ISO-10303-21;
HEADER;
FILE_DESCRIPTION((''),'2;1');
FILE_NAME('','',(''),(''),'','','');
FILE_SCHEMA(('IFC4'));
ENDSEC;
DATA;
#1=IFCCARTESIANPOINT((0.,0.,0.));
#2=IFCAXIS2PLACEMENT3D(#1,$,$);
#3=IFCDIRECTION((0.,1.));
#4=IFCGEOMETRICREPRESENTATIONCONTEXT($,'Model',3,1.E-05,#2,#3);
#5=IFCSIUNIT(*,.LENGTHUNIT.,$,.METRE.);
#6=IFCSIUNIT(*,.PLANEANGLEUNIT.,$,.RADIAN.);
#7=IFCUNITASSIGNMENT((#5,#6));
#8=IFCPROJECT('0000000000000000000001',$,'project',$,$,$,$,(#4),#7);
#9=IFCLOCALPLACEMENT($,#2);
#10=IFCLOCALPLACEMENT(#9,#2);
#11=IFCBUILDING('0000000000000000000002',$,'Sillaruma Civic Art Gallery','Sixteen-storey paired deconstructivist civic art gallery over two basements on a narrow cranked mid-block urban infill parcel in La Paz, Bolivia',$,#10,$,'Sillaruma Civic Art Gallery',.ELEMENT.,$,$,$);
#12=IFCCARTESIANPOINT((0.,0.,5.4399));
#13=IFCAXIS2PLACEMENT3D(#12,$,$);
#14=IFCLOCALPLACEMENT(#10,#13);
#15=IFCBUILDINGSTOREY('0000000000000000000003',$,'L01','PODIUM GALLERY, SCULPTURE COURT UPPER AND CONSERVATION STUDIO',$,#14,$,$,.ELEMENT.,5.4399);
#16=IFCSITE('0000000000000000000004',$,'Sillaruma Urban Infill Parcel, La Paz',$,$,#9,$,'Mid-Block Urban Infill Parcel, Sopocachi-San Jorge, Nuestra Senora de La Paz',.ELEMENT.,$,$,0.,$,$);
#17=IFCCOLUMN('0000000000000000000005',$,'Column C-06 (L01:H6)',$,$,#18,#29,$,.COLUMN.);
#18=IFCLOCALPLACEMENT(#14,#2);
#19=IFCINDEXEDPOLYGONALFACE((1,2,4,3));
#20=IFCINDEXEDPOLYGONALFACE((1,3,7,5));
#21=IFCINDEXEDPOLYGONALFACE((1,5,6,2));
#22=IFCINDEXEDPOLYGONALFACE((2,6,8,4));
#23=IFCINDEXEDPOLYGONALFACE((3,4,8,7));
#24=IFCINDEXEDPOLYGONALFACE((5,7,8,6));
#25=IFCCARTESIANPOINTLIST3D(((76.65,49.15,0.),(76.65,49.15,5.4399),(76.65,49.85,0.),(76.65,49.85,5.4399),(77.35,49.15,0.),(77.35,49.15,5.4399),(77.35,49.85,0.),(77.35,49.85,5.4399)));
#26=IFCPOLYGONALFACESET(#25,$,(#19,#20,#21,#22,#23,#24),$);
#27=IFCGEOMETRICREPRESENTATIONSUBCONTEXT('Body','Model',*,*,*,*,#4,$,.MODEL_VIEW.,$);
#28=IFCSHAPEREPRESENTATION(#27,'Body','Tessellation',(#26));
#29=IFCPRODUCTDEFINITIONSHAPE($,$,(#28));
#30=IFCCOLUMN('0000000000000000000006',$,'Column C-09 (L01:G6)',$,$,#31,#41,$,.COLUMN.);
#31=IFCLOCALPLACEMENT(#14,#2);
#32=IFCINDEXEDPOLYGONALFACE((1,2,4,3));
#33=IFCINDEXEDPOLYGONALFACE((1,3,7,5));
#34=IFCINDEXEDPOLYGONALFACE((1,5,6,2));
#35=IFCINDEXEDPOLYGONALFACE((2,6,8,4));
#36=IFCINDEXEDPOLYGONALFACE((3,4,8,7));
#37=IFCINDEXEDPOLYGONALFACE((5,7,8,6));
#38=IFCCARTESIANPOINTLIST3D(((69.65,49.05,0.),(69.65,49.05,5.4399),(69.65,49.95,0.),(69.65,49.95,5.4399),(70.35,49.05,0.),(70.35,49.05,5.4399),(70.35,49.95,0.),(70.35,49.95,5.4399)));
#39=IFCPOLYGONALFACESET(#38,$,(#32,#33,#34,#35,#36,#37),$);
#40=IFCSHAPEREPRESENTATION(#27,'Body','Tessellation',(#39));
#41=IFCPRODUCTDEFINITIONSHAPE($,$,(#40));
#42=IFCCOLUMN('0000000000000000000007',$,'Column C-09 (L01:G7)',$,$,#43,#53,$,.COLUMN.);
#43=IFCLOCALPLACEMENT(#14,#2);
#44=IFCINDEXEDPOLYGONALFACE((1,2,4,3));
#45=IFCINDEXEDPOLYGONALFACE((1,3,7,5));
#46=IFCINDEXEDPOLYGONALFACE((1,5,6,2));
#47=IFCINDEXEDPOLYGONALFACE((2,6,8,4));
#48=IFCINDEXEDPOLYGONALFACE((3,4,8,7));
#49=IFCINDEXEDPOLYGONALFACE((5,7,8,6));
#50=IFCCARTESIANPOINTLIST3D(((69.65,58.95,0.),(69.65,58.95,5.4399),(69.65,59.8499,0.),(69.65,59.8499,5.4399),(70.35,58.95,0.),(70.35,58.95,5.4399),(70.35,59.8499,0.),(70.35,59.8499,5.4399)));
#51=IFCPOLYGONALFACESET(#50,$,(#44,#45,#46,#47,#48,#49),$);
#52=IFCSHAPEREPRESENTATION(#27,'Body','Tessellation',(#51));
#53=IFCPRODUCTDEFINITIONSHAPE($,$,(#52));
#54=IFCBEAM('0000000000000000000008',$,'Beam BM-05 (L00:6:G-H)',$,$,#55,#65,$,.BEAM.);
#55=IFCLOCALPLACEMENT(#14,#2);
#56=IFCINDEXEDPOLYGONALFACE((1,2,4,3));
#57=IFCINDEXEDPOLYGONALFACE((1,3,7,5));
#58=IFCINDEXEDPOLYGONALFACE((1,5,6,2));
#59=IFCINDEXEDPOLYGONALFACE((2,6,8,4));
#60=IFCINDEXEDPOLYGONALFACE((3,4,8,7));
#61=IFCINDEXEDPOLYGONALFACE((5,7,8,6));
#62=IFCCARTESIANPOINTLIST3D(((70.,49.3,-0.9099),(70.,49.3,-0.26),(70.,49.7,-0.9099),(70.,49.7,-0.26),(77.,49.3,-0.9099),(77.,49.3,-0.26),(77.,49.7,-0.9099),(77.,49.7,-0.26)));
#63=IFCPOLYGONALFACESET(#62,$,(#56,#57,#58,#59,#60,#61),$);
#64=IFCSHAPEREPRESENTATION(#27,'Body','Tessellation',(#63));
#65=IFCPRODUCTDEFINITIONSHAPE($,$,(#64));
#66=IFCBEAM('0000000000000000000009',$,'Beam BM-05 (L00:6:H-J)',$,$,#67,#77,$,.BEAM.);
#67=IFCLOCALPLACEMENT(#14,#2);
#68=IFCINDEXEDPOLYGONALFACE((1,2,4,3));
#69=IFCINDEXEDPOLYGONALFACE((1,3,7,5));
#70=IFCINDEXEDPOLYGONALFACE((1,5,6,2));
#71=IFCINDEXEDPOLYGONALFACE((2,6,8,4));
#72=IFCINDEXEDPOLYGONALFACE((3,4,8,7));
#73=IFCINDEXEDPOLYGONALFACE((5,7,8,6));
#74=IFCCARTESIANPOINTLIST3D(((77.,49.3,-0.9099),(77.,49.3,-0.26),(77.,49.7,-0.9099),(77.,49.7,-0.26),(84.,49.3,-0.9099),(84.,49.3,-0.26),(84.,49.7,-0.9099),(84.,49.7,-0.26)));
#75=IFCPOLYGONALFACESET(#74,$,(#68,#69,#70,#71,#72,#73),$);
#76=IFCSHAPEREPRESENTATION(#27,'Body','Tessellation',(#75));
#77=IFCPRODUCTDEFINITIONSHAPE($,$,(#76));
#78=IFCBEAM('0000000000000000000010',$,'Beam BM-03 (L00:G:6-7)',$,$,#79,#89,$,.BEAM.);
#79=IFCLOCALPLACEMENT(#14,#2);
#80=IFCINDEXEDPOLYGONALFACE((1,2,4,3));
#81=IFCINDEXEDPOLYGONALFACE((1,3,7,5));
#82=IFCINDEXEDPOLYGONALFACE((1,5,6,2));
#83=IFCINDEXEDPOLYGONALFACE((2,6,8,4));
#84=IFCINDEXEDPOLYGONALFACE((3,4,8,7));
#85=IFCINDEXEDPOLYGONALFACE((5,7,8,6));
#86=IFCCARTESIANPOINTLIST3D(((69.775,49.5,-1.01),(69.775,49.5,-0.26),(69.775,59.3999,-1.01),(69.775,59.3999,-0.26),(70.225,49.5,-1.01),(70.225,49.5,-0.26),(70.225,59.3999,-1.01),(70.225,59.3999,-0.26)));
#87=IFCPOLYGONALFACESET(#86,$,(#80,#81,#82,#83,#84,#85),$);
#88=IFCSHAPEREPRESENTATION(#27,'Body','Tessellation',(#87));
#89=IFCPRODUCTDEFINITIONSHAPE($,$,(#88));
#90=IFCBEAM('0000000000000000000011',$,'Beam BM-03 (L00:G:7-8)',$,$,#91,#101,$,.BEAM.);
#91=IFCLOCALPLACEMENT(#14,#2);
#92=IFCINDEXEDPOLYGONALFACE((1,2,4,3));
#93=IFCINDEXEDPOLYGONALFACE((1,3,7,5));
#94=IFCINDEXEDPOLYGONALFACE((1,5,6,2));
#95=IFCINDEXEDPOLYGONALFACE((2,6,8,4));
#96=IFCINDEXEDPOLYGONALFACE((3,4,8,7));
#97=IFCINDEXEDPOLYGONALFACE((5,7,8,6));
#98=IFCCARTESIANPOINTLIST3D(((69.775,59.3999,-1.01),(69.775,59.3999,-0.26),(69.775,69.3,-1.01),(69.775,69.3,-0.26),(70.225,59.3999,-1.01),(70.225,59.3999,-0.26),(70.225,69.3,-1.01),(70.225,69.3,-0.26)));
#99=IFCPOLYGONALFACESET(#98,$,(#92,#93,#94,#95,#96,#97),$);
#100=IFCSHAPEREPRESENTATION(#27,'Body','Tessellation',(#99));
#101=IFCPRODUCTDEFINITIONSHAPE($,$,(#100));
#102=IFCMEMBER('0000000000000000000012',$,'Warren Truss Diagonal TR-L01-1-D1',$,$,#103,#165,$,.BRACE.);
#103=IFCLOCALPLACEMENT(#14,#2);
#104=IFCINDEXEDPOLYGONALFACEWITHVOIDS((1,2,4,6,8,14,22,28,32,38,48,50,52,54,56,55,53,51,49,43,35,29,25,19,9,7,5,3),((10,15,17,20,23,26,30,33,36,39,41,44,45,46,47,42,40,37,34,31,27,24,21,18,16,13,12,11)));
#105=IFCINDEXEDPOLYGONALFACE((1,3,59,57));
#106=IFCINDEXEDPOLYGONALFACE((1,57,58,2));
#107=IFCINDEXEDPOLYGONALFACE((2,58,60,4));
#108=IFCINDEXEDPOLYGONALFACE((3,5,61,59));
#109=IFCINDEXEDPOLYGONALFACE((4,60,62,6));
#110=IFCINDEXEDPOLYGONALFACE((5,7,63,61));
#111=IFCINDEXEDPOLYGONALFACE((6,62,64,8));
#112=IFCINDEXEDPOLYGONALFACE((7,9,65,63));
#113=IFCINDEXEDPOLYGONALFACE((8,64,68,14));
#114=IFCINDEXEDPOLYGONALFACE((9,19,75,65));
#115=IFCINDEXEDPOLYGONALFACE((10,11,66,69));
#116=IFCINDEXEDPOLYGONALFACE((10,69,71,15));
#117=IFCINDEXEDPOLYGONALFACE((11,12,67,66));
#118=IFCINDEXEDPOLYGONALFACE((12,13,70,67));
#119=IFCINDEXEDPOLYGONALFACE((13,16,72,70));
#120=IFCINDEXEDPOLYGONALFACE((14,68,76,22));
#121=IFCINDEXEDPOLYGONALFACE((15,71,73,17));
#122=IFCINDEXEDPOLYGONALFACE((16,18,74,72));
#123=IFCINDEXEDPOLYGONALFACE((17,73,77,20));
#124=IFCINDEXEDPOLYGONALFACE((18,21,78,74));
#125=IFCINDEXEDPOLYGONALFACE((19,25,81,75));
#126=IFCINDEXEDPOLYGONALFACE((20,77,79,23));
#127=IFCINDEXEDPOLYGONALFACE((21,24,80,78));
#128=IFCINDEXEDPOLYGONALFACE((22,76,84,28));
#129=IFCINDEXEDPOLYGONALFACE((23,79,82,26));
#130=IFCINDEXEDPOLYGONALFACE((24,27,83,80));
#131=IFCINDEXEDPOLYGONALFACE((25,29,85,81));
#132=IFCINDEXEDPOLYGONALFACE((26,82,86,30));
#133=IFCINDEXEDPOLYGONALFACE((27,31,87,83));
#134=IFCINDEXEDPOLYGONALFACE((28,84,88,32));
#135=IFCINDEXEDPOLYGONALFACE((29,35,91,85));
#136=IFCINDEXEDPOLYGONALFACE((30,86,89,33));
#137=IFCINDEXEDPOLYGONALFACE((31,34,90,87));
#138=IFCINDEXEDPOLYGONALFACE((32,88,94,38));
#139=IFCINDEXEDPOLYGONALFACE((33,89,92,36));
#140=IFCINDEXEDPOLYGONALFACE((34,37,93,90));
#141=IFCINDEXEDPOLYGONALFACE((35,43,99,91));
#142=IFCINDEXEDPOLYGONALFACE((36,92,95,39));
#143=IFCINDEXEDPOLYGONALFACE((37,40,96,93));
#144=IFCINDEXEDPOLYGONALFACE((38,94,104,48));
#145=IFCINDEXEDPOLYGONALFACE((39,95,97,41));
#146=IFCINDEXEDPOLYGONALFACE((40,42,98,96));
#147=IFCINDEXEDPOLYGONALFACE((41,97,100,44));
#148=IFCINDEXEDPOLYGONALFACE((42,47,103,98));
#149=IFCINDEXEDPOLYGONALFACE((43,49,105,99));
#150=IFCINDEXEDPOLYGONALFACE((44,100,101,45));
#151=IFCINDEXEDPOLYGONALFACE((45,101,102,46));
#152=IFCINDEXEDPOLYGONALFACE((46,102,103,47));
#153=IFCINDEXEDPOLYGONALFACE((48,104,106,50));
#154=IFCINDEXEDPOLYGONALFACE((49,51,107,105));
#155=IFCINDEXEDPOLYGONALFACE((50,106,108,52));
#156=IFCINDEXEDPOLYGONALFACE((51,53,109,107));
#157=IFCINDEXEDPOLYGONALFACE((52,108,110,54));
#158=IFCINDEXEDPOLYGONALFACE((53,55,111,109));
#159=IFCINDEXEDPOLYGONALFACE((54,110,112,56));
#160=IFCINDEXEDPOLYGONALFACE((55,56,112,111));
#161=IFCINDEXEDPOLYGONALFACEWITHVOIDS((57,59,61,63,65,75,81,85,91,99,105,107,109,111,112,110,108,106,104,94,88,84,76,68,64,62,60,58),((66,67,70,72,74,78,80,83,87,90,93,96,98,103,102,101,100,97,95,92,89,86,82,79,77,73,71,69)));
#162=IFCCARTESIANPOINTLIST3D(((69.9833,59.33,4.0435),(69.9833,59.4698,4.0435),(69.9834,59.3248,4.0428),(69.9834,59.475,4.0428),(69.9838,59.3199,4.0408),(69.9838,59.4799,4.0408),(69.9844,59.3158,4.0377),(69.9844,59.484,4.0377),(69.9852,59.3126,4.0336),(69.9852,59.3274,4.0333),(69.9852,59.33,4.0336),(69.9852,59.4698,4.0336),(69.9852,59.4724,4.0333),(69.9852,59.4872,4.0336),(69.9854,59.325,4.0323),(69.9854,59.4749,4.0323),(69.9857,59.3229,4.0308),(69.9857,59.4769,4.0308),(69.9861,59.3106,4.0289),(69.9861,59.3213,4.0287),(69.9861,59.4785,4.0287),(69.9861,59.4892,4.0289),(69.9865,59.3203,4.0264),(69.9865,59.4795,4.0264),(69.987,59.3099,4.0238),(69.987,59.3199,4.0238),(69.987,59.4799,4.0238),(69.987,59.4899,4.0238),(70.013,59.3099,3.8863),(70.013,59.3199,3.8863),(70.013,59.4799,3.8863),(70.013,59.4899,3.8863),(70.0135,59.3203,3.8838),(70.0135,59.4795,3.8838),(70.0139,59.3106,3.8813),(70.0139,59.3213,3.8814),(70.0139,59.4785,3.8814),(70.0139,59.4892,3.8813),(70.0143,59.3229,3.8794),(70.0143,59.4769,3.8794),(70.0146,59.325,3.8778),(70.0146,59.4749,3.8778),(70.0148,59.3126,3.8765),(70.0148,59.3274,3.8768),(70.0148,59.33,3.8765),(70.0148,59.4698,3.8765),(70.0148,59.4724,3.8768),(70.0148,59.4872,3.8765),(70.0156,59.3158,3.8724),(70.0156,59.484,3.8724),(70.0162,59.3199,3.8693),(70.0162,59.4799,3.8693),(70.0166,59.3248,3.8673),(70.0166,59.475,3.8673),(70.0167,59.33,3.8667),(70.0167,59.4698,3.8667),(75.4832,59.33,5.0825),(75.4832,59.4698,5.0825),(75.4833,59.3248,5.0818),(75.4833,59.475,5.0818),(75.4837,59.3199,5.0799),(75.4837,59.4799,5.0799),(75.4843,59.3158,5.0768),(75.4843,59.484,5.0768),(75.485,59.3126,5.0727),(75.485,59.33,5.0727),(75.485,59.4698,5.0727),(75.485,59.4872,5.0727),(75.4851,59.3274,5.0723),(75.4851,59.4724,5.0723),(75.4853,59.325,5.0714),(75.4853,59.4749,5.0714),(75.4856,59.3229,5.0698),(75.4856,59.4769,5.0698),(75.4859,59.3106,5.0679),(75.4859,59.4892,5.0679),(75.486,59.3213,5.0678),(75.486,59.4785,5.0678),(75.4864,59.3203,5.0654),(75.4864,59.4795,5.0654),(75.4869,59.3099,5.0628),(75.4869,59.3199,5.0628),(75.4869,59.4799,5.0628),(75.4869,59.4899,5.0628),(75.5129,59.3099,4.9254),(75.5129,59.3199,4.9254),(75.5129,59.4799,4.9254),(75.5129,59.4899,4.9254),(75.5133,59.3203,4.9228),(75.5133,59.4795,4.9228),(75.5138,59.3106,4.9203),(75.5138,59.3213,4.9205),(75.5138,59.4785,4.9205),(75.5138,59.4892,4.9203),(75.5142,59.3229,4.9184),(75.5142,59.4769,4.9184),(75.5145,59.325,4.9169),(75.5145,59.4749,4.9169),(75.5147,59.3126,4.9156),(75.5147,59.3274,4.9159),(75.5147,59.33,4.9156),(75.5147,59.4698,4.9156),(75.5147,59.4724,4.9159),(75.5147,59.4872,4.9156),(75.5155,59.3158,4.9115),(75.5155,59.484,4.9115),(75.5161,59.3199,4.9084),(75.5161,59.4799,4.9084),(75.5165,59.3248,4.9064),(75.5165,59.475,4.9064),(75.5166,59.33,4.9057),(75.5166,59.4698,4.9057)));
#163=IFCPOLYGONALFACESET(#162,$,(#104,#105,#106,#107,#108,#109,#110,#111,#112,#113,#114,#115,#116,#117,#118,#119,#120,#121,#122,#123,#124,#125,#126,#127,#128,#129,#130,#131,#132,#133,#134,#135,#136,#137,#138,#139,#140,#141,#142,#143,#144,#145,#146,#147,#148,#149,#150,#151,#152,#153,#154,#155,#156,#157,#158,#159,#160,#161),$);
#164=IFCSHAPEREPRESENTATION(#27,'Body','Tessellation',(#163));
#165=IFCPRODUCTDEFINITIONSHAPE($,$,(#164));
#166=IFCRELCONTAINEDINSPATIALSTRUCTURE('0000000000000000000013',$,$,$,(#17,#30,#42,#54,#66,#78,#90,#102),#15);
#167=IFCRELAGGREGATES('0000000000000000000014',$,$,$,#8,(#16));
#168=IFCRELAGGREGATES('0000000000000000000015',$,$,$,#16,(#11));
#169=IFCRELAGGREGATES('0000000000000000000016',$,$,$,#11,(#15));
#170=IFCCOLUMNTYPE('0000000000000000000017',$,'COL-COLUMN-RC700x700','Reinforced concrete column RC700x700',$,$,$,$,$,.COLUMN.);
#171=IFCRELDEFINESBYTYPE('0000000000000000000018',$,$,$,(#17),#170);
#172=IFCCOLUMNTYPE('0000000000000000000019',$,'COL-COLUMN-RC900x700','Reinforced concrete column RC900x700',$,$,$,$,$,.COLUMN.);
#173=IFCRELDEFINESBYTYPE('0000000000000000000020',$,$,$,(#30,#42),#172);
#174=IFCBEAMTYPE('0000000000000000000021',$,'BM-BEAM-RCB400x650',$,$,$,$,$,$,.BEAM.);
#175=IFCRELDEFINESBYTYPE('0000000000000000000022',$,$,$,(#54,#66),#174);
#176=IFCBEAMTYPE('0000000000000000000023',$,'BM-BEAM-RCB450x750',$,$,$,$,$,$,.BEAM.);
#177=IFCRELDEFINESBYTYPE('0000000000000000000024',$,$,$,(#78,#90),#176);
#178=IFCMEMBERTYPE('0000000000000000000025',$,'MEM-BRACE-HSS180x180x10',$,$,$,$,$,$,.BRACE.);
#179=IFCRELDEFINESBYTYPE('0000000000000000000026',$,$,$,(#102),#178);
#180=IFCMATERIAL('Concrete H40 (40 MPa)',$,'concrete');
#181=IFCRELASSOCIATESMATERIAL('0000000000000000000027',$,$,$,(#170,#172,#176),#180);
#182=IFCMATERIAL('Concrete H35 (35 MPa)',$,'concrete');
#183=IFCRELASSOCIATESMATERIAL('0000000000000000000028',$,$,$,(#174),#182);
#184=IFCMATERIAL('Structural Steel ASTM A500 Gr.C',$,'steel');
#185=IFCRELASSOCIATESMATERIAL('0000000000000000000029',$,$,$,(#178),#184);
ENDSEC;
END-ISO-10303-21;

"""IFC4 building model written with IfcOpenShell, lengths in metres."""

from ifc_helpers import new_model, si_unit, direction, frame, origin, origin_2d, place, context, subcontext, project, spatial, rectangle, hollow_rectangle, extrude, material, material_profile, profile_set, type_object, element, save


model = new_model("IFC4")

# Units and contexts
model_context = context("Model", 3, precision=1e-05, world=origin(), true_north=direction((0.0, 1.0)))
body_context = subcontext(model_context, "Body", "Model", "MODEL_VIEW")
ifc_project = project(units=[si_unit("LENGTHUNIT", "METRE"), si_unit("PLANEANGLEUNIT", "RADIAN")], contexts=[model_context])

# Site, building, storey
site_placement = place(None, origin())
site = spatial("IfcSite", under=ifc_project, at=site_placement, Name="Sillaruma Urban Infill Parcel, La Paz", LongName="Mid-Block Urban Infill Parcel, Sopocachi-San Jorge, Nuestra Senora de La Paz", CompositionType="ELEMENT", RefElevation=0.0)
building_placement = place(site_placement, origin())
building = spatial("IfcBuilding", under=site, at=building_placement, Name="Sillaruma Civic Art Gallery", Description="Sixteen-storey paired deconstructivist civic art gallery over two basements on a narrow cranked mid-block urban infill parcel in La Paz, Bolivia", LongName="Sillaruma Civic Art Gallery", CompositionType="ELEMENT")
storey_placement = place(building_placement, frame((0.0, 0.0, 5.4399)))
storey = spatial("IfcBuildingStorey", under=building, at=storey_placement, Name="L01", Description="PODIUM GALLERY, SCULPTURE COURT UPPER AND CONSERVATION STUDIO", CompositionType="ELEMENT", Elevation=5.4399)

# Columns
ifc_material_1 = material(Name="Concrete H40 (40 MPa)", Category="concrete")
ifc_material_profile_1 = material_profile(ifc_material_1, rectangle(XDim=0.7, YDim=0.7, at=origin_2d()), Name="RC700x700")
ifc_profile_set_1 = profile_set([ifc_material_profile_1], Name="Concrete H40 (40 MPa)")
column_type_1 = type_object("IfcColumnType", Name="COL-COLUMN-RC700x700", Description="Reinforced concrete column RC700x700", PredefinedType="COLUMN", material=ifc_profile_set_1)
column_placement = place(storey_placement, frame((77.0, 49.5, 0.0), z_axis=(0.0, 0.0, 1.0), x_axis=(1.0, 0.0, 0.0)))
element("IfcColumn", 1, at=column_placement, inside=storey, type_object=column_type_1, Name="Column C-06 (L01:H6)", PredefinedType="COLUMN", context=body_context, shape_type="SweptSolid", body=[
    extrude(rectangle(XDim=0.7, YDim=0.7, at=origin_2d()), origin(), (0.0, 0.0, 1.0), 5.4399),
])
ifc_material_profile_2 = material_profile(ifc_material_1, rectangle(XDim=0.7, YDim=0.8999, at=origin_2d()), Name="RC900x700")
ifc_profile_set_2 = profile_set([ifc_material_profile_2], Name="Concrete H40 (40 MPa)")
column_type_2 = type_object("IfcColumnType", Name="COL-COLUMN-RC900x700", Description="Reinforced concrete column RC900x700", PredefinedType="COLUMN", material=ifc_profile_set_2)
for number, where, z_axis, x_axis, name in (
    (2, (70.0, 49.5, 0.0), (0.0, 0.0, 1.0), (1.0, 0.0, 0.0), "Column C-09 (L01:G6)"),
    (3, (70.0, 59.3999, 0.0), (0.0, 0.0, 1.0), (1.0, 0.0, 0.0), "Column C-09 (L01:G7)"),
):
    element("IfcColumn", number, at=place(storey_placement, frame(where, z_axis=z_axis, x_axis=x_axis)), inside=storey, type_object=column_type_2, Name=name, PredefinedType="COLUMN", context=body_context, shape_type="SweptSolid", body=[
        extrude(rectangle(XDim=0.7, YDim=0.8999, at=origin_2d()), origin(), (0.0, 0.0, 1.0), 5.4399),
    ])

# Beams
ifc_material_2 = material(Name="Concrete H35 (35 MPa)", Category="concrete")
ifc_material_profile_3 = material_profile(ifc_material_2, rectangle(XDim=0.3999, YDim=0.6499, at=origin_2d()), Name="RCB400x650")
ifc_profile_set_3 = profile_set([ifc_material_profile_3], Name="Concrete H35 (35 MPa)")
beam_type_1 = type_object("IfcBeamType", Name="BM-BEAM-RCB400x650", PredefinedType="BEAM", material=ifc_profile_set_3)
for number, where, z_axis, x_axis, name in (
    (4, (70.0, 49.5, -0.585), (1.0, 0.0, 0.0), (0.0, 1.0, 0.0), "Beam BM-05 (L00:6:G-H)"),
    (5, (77.0, 49.5, -0.585), (1.0, 0.0, 0.0), (0.0, 1.0, 0.0), "Beam BM-05 (L00:6:H-J)"),
):
    element("IfcBeam", number, at=place(storey_placement, frame(where, z_axis=z_axis, x_axis=x_axis)), inside=storey, type_object=beam_type_1, Name=name, PredefinedType="BEAM", context=body_context, shape_type="SweptSolid", body=[
        extrude(rectangle(XDim=0.3999, YDim=0.6499, at=origin_2d()), origin(), (0.0, 0.0, 1.0), 7.0),
    ])
ifc_material_profile_4 = material_profile(ifc_material_1, rectangle(XDim=0.45, YDim=0.75, at=origin_2d()), Name="RCB450x750")
ifc_profile_set_4 = profile_set([ifc_material_profile_4], Name="Concrete H40 (40 MPa)")
beam_type_2 = type_object("IfcBeamType", Name="BM-BEAM-RCB450x750", PredefinedType="BEAM", material=ifc_profile_set_4)
beam_1_placement = place(storey_placement, frame((70.0, 49.5, -0.635), z_axis=(0.0, 1.0, 0.0), x_axis=(-1.0, 0.0, 0.0)))
element("IfcBeam", 6, at=beam_1_placement, inside=storey, type_object=beam_type_2, Name="Beam BM-03 (L00:G:6-7)", PredefinedType="BEAM", context=body_context, shape_type="SweptSolid", body=[
    extrude(rectangle(XDim=0.45, YDim=0.75, at=origin_2d()), origin(), (0.0, 0.0, 1.0), 9.8999),
])
beam_2_placement = place(storey_placement, frame((70.0, 59.3999, -0.635), z_axis=(0.0, 1.0, 0.0), x_axis=(-1.0, 0.0, 0.0)))
element("IfcBeam", 7, at=beam_2_placement, inside=storey, type_object=beam_type_2, Name="Beam BM-03 (L00:G:7-8)", PredefinedType="BEAM", context=body_context, shape_type="SweptSolid", body=[
    extrude(rectangle(XDim=0.45, YDim=0.75, at=origin_2d()), origin(), (0.0, 0.0, 1.0), 9.9001),
])

# Member
ifc_material_3 = material(Name="Structural Steel ASTM A500 Gr.C", Category="steel")
ifc_material_profile_5 = material_profile(ifc_material_3, hollow_rectangle(XDim=0.1799, YDim=0.1799, WallThickness=0.01, InnerFilletRadius=0.01, OuterFilletRadius=0.02, at=origin_2d()), Name="HSS180x180x10")
ifc_profile_set_5 = profile_set([ifc_material_profile_5], Name="Structural Steel ASTM A500 Gr.C")
member_type_1 = type_object("IfcMemberType", Name="MEM-BRACE-HSS180x180x10", PredefinedType="BRACE", material=ifc_profile_set_5)
for number, where, z_axis, x_axis, name in (
    (8, (70.0, 59.3999, 3.9551), (0.982618, 0.0, 0.185637), (0.0, 1.0, 0.0), "Warren Truss Diagonal TR-L01-1-D1"),
):
    element("IfcMember", number, at=place(storey_placement, frame(where, z_axis=z_axis, x_axis=x_axis)), inside=storey, type_object=member_type_1, Name=name, PredefinedType="BRACE", context=body_context, shape_type="SweptSolid", body=[
        extrude(hollow_rectangle(XDim=0.1799, YDim=0.1799, WallThickness=0.01, InnerFilletRadius=0.01, OuterFilletRadius=0.02, at=origin_2d()), origin(), (0.0, 0.0, 1.0), 5.5972),
    ])

save(model, "model.ifc")
